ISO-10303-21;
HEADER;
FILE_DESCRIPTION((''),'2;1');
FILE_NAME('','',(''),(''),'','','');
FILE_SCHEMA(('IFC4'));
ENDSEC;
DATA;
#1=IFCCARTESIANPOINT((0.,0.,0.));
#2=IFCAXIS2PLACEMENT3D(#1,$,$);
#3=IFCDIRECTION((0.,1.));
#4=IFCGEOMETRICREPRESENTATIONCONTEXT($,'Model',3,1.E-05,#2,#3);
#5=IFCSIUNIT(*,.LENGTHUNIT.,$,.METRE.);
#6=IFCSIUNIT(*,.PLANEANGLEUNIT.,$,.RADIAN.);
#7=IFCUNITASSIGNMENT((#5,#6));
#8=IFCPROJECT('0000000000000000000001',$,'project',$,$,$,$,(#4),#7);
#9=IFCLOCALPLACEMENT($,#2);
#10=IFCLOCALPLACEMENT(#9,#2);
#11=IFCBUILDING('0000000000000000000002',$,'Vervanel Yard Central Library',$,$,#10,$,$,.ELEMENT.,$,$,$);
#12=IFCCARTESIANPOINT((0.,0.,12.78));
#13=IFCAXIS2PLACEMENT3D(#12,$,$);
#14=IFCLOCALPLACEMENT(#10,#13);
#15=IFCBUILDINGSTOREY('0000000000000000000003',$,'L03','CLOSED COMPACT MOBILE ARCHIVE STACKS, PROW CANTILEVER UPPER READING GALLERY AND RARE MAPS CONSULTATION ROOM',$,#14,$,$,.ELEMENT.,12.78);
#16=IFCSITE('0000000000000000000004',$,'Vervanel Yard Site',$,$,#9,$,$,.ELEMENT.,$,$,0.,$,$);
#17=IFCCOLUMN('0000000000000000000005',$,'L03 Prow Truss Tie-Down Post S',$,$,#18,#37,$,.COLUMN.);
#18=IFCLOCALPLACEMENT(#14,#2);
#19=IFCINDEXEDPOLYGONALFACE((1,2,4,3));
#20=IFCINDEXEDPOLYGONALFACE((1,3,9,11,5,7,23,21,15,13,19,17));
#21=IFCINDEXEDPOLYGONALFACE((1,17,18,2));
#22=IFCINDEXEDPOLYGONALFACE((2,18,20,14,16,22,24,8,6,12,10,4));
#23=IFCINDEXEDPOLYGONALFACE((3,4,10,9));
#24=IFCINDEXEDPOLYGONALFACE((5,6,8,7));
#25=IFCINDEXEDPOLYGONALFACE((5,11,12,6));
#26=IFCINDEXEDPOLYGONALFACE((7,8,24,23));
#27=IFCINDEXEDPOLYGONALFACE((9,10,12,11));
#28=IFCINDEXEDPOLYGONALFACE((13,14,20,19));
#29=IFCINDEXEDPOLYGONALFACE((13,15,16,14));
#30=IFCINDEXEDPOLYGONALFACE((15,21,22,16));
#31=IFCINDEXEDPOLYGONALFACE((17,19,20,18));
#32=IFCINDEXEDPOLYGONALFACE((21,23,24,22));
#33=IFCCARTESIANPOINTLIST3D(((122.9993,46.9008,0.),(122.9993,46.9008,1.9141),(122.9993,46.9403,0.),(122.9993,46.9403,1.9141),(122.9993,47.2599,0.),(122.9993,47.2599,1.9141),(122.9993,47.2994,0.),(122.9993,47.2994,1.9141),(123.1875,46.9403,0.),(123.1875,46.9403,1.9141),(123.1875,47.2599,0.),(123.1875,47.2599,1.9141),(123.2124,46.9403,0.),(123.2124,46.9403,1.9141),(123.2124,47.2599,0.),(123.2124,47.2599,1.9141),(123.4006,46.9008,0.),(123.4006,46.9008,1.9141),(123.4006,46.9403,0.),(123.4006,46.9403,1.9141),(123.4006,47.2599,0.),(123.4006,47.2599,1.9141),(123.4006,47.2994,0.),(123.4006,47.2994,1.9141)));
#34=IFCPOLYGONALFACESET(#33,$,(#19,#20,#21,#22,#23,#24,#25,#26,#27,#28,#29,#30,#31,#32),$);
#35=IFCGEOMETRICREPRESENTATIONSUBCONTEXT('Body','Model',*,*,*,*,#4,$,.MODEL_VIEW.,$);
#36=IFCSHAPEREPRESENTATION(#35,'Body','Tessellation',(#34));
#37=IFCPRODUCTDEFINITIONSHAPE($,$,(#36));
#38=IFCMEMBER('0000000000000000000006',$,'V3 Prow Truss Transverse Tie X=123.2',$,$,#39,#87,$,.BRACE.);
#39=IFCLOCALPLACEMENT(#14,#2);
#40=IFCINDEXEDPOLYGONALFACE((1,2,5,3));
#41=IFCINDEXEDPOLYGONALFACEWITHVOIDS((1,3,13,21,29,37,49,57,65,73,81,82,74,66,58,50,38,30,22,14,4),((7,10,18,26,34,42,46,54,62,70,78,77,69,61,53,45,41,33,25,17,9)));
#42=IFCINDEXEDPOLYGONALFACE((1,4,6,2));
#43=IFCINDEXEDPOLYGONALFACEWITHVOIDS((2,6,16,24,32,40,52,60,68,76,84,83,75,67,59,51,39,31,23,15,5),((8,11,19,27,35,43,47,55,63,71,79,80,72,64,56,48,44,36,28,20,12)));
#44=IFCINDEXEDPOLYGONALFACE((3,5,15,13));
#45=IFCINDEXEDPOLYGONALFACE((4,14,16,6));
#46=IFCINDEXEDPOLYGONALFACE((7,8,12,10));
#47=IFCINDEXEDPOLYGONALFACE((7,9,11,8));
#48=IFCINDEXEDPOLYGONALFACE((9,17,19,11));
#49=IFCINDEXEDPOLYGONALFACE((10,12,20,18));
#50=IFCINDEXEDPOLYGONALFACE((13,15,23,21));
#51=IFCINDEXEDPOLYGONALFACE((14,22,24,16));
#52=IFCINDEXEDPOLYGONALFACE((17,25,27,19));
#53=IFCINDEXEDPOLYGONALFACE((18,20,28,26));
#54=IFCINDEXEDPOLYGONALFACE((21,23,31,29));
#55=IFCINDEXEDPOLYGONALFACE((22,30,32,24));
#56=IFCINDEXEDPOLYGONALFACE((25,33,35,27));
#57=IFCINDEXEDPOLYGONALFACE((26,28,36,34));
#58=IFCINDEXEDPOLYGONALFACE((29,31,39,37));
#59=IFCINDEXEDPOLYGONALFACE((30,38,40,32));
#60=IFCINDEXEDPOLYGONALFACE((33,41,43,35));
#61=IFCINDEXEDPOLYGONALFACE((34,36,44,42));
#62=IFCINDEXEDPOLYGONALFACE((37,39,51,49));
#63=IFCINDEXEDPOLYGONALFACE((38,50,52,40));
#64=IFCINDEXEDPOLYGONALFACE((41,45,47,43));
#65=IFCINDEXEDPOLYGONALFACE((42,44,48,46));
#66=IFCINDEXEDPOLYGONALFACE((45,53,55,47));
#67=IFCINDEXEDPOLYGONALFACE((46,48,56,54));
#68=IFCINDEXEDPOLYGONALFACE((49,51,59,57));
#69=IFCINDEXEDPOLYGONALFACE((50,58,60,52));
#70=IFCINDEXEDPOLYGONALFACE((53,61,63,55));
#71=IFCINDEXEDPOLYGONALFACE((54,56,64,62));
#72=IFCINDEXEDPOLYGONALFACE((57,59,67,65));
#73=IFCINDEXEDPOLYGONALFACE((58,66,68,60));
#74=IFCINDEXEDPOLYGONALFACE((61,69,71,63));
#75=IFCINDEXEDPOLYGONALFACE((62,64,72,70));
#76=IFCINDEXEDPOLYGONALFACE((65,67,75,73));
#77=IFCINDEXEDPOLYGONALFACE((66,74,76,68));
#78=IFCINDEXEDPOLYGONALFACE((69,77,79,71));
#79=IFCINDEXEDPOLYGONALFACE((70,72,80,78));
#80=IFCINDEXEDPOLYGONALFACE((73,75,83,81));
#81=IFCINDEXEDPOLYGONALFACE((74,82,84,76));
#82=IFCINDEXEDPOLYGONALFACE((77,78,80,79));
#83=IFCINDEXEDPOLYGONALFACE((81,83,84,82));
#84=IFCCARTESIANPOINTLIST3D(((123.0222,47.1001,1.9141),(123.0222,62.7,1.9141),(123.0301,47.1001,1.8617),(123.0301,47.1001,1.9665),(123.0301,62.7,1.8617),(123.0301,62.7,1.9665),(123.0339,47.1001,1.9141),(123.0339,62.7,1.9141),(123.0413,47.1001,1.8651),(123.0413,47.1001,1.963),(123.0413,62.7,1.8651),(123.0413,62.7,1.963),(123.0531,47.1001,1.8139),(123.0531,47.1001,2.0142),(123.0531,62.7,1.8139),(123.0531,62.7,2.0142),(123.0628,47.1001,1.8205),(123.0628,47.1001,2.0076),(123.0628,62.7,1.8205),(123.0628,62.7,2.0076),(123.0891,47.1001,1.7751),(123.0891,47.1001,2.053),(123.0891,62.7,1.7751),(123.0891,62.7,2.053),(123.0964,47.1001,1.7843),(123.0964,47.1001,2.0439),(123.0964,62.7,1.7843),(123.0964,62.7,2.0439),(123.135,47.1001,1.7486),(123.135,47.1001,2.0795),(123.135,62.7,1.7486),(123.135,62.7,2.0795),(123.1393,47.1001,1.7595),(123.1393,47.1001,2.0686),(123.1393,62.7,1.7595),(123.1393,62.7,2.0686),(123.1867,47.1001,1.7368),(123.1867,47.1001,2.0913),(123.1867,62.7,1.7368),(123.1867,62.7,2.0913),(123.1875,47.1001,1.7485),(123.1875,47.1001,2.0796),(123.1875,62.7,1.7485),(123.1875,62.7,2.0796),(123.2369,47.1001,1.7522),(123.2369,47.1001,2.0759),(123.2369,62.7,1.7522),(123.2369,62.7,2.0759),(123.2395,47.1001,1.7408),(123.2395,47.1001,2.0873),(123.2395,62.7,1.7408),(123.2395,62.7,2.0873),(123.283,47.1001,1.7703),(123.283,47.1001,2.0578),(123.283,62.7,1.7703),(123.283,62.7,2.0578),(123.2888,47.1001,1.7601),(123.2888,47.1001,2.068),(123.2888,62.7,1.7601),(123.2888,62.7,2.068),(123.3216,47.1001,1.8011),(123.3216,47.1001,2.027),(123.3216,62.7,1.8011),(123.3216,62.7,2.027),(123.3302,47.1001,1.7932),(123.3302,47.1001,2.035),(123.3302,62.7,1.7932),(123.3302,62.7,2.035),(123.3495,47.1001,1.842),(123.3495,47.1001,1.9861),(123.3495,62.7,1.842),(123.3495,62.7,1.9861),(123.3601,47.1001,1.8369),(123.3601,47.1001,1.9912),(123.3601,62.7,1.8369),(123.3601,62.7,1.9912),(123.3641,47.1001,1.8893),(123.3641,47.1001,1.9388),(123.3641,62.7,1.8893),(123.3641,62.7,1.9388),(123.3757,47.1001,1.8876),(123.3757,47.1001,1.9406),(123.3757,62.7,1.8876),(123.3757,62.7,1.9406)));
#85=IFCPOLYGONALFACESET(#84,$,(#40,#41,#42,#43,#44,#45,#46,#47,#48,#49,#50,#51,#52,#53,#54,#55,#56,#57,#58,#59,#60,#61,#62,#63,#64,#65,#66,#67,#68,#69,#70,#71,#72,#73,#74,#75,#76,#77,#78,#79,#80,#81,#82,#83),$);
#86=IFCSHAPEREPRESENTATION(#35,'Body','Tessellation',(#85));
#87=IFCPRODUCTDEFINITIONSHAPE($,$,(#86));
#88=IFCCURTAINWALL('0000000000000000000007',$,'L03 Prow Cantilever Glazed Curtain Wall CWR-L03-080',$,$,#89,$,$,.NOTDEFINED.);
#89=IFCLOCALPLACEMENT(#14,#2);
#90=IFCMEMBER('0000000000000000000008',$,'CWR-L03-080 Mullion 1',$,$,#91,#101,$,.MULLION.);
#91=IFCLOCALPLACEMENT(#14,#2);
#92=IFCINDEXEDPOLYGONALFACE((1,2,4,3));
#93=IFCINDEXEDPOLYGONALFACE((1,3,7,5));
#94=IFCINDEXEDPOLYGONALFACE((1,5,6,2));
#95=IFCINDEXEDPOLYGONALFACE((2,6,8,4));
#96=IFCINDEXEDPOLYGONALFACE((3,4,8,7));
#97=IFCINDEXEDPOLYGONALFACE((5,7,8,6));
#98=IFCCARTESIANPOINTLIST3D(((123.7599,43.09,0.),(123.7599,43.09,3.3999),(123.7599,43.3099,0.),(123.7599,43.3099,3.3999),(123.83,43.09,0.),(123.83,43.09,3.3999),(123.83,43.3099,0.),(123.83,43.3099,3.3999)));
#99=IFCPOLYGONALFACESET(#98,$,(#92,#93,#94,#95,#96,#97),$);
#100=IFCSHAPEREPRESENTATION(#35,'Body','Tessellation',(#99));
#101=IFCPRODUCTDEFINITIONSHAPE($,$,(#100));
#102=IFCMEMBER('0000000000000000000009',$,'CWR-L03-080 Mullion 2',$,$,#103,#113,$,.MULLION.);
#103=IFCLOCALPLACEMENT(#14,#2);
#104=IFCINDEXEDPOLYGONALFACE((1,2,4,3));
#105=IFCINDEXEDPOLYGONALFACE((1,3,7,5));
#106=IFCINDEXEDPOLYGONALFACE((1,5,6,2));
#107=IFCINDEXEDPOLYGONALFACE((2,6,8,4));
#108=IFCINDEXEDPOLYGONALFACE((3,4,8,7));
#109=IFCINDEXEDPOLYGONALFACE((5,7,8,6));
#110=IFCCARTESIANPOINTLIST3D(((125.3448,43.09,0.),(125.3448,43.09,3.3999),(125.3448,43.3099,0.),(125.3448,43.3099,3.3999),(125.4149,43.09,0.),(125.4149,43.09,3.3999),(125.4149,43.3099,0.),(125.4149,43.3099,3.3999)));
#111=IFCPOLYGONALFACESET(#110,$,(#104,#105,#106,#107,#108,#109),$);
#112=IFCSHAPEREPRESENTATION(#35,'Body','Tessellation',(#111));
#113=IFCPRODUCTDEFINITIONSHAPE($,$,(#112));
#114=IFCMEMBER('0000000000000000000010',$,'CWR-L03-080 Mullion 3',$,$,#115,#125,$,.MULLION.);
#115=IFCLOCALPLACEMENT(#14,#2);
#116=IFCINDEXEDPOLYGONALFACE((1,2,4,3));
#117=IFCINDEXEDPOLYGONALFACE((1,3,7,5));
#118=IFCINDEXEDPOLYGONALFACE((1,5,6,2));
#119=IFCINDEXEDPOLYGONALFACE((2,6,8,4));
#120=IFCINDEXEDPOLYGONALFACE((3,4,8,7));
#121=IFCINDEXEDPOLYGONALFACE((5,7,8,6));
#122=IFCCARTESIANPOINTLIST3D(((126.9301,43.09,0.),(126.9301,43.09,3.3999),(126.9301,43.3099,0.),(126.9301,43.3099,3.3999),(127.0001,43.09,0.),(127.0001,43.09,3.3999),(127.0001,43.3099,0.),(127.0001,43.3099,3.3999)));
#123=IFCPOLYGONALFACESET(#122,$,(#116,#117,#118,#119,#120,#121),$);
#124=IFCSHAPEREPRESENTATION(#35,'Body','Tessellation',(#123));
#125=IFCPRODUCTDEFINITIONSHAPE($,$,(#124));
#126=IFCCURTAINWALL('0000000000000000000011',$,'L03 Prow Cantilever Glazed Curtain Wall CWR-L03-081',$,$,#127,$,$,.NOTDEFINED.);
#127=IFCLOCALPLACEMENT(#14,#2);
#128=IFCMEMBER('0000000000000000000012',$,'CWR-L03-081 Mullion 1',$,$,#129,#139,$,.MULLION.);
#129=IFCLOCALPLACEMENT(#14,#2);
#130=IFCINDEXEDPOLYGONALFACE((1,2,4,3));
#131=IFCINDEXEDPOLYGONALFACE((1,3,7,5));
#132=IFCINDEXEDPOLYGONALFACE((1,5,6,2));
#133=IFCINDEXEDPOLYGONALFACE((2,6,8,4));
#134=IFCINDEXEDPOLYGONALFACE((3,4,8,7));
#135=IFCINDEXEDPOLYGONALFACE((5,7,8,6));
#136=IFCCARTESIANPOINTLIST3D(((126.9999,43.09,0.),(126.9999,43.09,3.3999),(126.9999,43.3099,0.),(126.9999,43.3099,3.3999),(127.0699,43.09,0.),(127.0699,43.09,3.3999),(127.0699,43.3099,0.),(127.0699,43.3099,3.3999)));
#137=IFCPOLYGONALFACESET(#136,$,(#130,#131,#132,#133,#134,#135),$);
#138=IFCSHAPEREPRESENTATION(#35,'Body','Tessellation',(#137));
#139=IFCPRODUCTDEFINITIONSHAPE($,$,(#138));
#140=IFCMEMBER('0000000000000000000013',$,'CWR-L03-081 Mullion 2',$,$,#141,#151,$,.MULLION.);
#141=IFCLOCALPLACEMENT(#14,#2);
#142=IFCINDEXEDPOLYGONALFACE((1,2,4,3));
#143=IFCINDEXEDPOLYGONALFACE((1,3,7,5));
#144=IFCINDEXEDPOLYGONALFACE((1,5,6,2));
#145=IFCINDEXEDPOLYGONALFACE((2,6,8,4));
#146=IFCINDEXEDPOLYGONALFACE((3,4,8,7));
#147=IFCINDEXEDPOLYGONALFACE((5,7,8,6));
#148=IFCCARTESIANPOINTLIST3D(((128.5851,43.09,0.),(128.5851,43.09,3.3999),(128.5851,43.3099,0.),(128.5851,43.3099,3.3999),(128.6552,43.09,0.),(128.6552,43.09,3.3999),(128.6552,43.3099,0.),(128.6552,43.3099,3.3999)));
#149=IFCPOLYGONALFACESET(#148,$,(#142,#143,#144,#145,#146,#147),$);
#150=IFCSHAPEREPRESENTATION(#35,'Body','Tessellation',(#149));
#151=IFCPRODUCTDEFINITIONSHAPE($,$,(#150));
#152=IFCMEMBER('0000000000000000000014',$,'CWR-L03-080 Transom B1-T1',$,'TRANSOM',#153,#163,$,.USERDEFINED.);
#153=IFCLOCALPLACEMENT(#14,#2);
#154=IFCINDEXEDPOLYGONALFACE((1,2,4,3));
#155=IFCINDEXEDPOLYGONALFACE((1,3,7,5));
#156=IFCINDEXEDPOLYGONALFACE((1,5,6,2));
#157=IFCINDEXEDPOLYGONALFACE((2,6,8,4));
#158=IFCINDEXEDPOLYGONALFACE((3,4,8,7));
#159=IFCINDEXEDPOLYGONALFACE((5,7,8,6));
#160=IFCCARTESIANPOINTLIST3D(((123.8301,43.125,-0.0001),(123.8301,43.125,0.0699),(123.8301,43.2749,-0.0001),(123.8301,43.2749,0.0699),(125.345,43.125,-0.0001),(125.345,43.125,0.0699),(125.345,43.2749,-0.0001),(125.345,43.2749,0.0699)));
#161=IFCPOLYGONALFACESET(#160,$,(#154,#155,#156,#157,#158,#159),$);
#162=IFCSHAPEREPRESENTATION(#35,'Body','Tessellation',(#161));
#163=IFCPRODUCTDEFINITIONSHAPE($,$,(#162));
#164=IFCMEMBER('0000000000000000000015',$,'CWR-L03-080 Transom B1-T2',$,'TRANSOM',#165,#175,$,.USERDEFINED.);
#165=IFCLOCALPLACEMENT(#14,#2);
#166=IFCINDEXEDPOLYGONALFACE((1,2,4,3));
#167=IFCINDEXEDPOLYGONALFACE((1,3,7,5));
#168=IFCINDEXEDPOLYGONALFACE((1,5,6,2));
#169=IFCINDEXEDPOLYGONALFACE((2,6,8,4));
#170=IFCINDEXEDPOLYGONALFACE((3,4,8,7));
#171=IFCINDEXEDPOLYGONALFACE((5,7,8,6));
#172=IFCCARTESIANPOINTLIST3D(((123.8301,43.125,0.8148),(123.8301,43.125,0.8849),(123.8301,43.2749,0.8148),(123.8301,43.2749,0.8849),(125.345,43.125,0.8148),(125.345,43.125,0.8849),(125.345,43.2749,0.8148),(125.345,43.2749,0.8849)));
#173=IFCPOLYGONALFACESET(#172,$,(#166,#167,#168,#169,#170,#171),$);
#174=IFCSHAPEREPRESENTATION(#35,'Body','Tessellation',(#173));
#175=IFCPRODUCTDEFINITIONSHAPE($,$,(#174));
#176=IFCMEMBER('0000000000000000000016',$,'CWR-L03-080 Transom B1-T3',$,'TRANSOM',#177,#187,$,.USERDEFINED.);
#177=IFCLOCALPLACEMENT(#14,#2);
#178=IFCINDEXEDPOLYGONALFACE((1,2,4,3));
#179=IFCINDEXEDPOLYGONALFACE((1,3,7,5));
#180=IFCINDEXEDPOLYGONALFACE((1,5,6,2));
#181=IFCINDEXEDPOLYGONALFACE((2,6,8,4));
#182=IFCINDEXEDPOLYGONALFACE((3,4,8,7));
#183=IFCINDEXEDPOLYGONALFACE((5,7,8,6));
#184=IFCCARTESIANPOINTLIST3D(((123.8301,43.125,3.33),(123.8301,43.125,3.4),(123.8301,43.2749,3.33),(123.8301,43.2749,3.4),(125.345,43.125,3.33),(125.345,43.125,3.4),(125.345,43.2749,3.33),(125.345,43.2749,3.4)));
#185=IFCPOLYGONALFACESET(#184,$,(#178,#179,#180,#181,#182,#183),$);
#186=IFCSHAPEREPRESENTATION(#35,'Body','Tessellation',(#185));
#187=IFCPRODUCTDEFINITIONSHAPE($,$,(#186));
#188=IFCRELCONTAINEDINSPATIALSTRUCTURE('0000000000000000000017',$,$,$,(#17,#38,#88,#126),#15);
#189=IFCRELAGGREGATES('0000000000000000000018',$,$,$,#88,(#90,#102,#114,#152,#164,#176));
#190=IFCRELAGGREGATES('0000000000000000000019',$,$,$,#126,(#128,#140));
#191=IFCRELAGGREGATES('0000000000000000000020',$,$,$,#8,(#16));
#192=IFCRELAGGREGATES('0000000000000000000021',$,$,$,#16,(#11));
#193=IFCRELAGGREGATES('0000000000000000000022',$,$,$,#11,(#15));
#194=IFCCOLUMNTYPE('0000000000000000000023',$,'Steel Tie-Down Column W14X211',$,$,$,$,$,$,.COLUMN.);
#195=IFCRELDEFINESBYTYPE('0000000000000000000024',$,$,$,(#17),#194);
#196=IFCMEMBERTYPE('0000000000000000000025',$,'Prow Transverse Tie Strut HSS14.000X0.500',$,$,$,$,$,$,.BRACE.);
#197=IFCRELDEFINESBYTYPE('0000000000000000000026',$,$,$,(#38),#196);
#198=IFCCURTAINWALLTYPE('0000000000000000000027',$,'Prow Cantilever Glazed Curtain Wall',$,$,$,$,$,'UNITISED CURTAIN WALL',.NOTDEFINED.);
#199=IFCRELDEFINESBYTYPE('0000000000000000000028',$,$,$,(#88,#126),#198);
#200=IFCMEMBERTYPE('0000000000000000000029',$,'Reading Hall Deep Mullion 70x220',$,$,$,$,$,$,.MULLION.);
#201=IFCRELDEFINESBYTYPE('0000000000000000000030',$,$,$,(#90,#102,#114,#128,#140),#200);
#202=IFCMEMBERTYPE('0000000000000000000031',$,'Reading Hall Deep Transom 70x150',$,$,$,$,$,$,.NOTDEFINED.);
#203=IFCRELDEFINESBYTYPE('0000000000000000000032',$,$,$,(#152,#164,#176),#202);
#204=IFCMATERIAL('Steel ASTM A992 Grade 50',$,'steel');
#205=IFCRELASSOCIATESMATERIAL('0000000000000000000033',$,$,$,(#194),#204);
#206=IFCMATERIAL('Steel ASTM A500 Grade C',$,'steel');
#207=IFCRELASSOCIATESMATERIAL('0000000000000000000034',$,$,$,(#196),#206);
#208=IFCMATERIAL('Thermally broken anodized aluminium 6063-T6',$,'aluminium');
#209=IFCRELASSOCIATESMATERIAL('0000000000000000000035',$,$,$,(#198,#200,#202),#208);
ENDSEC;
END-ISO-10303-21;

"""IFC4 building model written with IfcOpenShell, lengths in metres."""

from ifc_helpers import new_model, si_unit, direction, frame, origin, origin_2d, place, context, subcontext, project, spatial, rectangle, hollow_circle, i_section, extrude, material, material_profile, profile_set, type_object, element, aggregate, save


model = new_model("IFC4")

# Units and contexts
model_context = context("Model", 3, precision=1e-05, world=origin(), true_north=direction((0.0, 1.0)))
body_context = subcontext(model_context, "Body", "Model", "MODEL_VIEW")
ifc_project = project(units=[si_unit("LENGTHUNIT", "METRE"), si_unit("PLANEANGLEUNIT", "RADIAN")], contexts=[model_context])

# Site, building, storey
site_placement = place(None, origin())
site = spatial("IfcSite", under=ifc_project, at=site_placement, Name="Vervanel Yard Site", CompositionType="ELEMENT", RefElevation=0.0)
building_placement = place(site_placement, origin())
building = spatial("IfcBuilding", under=site, at=building_placement, Name="Vervanel Yard Central Library", CompositionType="ELEMENT")
storey_placement = place(building_placement, frame((0.0, 0.0, 12.78)))
storey = spatial("IfcBuildingStorey", under=building, at=storey_placement, Name="L03", Description="CLOSED COMPACT MOBILE ARCHIVE STACKS, PROW CANTILEVER UPPER READING GALLERY AND RARE MAPS CONSULTATION ROOM", CompositionType="ELEMENT", Elevation=12.78)

# Column
ifc_material_1 = material(Name="Steel ASTM A992 Grade 50", Category="steel")
ifc_material_profile_1 = material_profile(ifc_material_1, i_section(OverallWidth=0.4014, OverallDepth=0.3987, WebThickness=0.0249, FlangeThickness=0.0396, at=origin_2d()), Name="W14X211", Category="steel")
ifc_profile_set_1 = profile_set([ifc_material_profile_1], Name="Steel ASTM A992 Grade 50")
column_type = type_object("IfcColumnType", Name="Steel Tie-Down Column W14X211", PredefinedType="COLUMN", material=ifc_profile_set_1)
column_placement = place(storey_placement, frame((123.2, 47.1001, 0.0), z_axis=(0.0, 0.0, 1.0), x_axis=(1.0, 0.0, 0.0)))
element("IfcColumn", 1, at=column_placement, inside=storey, type_object=column_type, Name="L03 Prow Truss Tie-Down Post S", PredefinedType="COLUMN", context=body_context, shape_type="SweptSolid", body=[
    extrude(i_section(OverallWidth=0.4014, OverallDepth=0.3987, WebThickness=0.0249, FlangeThickness=0.0396, at=origin_2d()), origin(), (0.0, 0.0, 1.0), 1.9141),
])

# Member
ifc_material_2 = material(Name="Steel ASTM A500 Grade C", Category="steel")
ifc_material_profile_2 = material_profile(ifc_material_2, hollow_circle(Radius=0.1777, WallThickness=0.0117, at=origin_2d()), Name="HSS14.000X0.500", Category="steel")
ifc_profile_set_2 = profile_set([ifc_material_profile_2], Name="Steel ASTM A500 Grade C")
member_type_1 = type_object("IfcMemberType", Name="Prow Transverse Tie Strut HSS14.000X0.500", PredefinedType="BRACE", material=ifc_profile_set_2)
member_1_placement = place(storey_placement, frame((123.2, 47.1001, 1.9141), z_axis=(0.0, 1.0, 0.0), x_axis=(-1.0, 0.0, 0.0)))
element("IfcMember", 2, at=member_1_placement, inside=storey, type_object=member_type_1, Name="V3 Prow Truss Transverse Tie X=123.2", PredefinedType="BRACE", context=body_context, shape_type="SweptSolid", body=[
    extrude(hollow_circle(Radius=0.1777, WallThickness=0.0117, at=origin_2d()), origin(), (0.0, 0.0, 1.0), 15.5999),
])

# Curtain walls, members
ifc_material_3 = material(Name="Thermally broken anodized aluminium 6063-T6", Category="aluminium")
curtain_wall_type = type_object("IfcCurtainWallType", Name="Prow Cantilever Glazed Curtain Wall", ElementType="UNITISED CURTAIN WALL", PredefinedType="NOTDEFINED", material=ifc_material_3)
curtain_wall_1_placement = place(storey_placement, origin())
curtain_wall_1 = element("IfcCurtainWall", 3, at=curtain_wall_1_placement, inside=storey, type_object=curtain_wall_type, Name="L03 Prow Cantilever Glazed Curtain Wall CWR-L03-080", PredefinedType="NOTDEFINED")
ifc_material_profile_3 = material_profile(ifc_material_3, rectangle(XDim=0.0701, YDim=0.22, at=origin_2d()), Name="ALU 70x220", Category="aluminium")
ifc_profile_set_3 = profile_set([ifc_material_profile_3], Name="Thermally broken anodized aluminium 6063-T6")
member_type_2 = type_object("IfcMemberType", Name="Reading Hall Deep Mullion 70x220", PredefinedType="MULLION", material=ifc_profile_set_3)
member_2_placement = place(storey_placement, frame((123.7949, 43.2, 0.0), z_axis=(0.0, 0.0, 1.0), x_axis=(1.0, 0.0, 0.0)))
member_2 = element("IfcMember", 4, at=member_2_placement, type_object=member_type_2, Name="CWR-L03-080 Mullion 1", PredefinedType="MULLION", context=body_context, shape_type="SweptSolid", body=[
    extrude(rectangle(XDim=0.0701, YDim=0.22, at=origin_2d()), origin(), (0.0, 0.0, 1.0), 3.3999),
])
member_3_placement = place(storey_placement, frame((125.3799, 43.2, 0.0), z_axis=(0.0, 0.0, 1.0), x_axis=(1.0, 0.0, 0.0)))
member_3 = element("IfcMember", 5, at=member_3_placement, type_object=member_type_2, Name="CWR-L03-080 Mullion 2", PredefinedType="MULLION", context=body_context, shape_type="SweptSolid", body=[
    extrude(rectangle(XDim=0.0701, YDim=0.22, at=origin_2d()), origin(), (0.0, 0.0, 1.0), 3.3999),
])
member_4_placement = place(storey_placement, frame((126.9651, 43.2, 0.0), z_axis=(0.0, 0.0, 1.0), x_axis=(1.0, 0.0, 0.0)))
member_4 = element("IfcMember", 6, at=member_4_placement, type_object=member_type_2, Name="CWR-L03-080 Mullion 3", PredefinedType="MULLION", context=body_context, shape_type="SweptSolid", body=[
    extrude(rectangle(XDim=0.0701, YDim=0.22, at=origin_2d()), origin(), (0.0, 0.0, 1.0), 3.3999),
])
curtain_wall_2_placement = place(storey_placement, origin())
curtain_wall_2 = element("IfcCurtainWall", 7, at=curtain_wall_2_placement, inside=storey, type_object=curtain_wall_type, Name="L03 Prow Cantilever Glazed Curtain Wall CWR-L03-081", PredefinedType="NOTDEFINED")
member_5_placement = place(storey_placement, frame((127.0349, 43.2, 0.0), z_axis=(0.0, 0.0, 1.0), x_axis=(1.0, 0.0, 0.0)))
member_5 = element("IfcMember", 8, at=member_5_placement, type_object=member_type_2, Name="CWR-L03-081 Mullion 1", PredefinedType="MULLION", context=body_context, shape_type="SweptSolid", body=[
    extrude(rectangle(XDim=0.0701, YDim=0.22, at=origin_2d()), origin(), (0.0, 0.0, 1.0), 3.3999),
])
member_6_placement = place(storey_placement, frame((128.6201, 43.2, 0.0), z_axis=(0.0, 0.0, 1.0), x_axis=(1.0, 0.0, 0.0)))
member_6 = element("IfcMember", 9, at=member_6_placement, type_object=member_type_2, Name="CWR-L03-081 Mullion 2", PredefinedType="MULLION", context=body_context, shape_type="SweptSolid", body=[
    extrude(rectangle(XDim=0.0701, YDim=0.22, at=origin_2d()), origin(), (0.0, 0.0, 1.0), 3.3999),
])

# Members
ifc_material_profile_4 = material_profile(ifc_material_3, rectangle(XDim=0.0701, YDim=0.1499, at=origin_2d()), Name="ALU 70x150", Category="aluminium")
ifc_profile_set_4 = profile_set([ifc_material_profile_4], Name="Thermally broken anodized aluminium 6063-T6")
member_type_3 = type_object("IfcMemberType", Name="Reading Hall Deep Transom 70x150", PredefinedType="NOTDEFINED", material=ifc_profile_set_4)
member_7_placement = place(storey_placement, frame((123.8301, 43.2, 0.0349), z_axis=(1.0, 0.0, 0.0), x_axis=(0.0, 0.0, 1.0)))
member_7 = element("IfcMember", 10, at=member_7_placement, type_object=member_type_3, Name="CWR-L03-080 Transom B1-T1", ObjectType="TRANSOM", PredefinedType="USERDEFINED", context=body_context, shape_type="SweptSolid", body=[
    extrude(rectangle(XDim=0.0701, YDim=0.1499, at=origin_2d()), origin(), (0.0, 0.0, 1.0), 1.5149),
])
member_8_placement = place(storey_placement, frame((123.8301, 43.2, 0.8499), z_axis=(1.0, 0.0, 0.0), x_axis=(0.0, 0.0, 1.0)))
member_8 = element("IfcMember", 11, at=member_8_placement, type_object=member_type_3, Name="CWR-L03-080 Transom B1-T2", ObjectType="TRANSOM", PredefinedType="USERDEFINED", context=body_context, shape_type="SweptSolid", body=[
    extrude(rectangle(XDim=0.0701, YDim=0.1499, at=origin_2d()), origin(), (0.0, 0.0, 1.0), 1.5149),
])
member_9_placement = place(storey_placement, frame((123.8301, 43.2, 3.365), z_axis=(1.0, 0.0, 0.0), x_axis=(0.0, 0.0, 1.0)))
member_9 = element("IfcMember", 12, at=member_9_placement, type_object=member_type_3, Name="CWR-L03-080 Transom B1-T3", ObjectType="TRANSOM", PredefinedType="USERDEFINED", context=body_context, shape_type="SweptSolid", body=[
    extrude(rectangle(XDim=0.0701, YDim=0.1499, at=origin_2d()), origin(), (0.0, 0.0, 1.0), 1.5149),
])

aggregate(curtain_wall_1, [member_2, member_3, member_4, member_7, member_8, member_9])
aggregate(curtain_wall_2, [member_5, member_6])

save(model, "model.ifc")
